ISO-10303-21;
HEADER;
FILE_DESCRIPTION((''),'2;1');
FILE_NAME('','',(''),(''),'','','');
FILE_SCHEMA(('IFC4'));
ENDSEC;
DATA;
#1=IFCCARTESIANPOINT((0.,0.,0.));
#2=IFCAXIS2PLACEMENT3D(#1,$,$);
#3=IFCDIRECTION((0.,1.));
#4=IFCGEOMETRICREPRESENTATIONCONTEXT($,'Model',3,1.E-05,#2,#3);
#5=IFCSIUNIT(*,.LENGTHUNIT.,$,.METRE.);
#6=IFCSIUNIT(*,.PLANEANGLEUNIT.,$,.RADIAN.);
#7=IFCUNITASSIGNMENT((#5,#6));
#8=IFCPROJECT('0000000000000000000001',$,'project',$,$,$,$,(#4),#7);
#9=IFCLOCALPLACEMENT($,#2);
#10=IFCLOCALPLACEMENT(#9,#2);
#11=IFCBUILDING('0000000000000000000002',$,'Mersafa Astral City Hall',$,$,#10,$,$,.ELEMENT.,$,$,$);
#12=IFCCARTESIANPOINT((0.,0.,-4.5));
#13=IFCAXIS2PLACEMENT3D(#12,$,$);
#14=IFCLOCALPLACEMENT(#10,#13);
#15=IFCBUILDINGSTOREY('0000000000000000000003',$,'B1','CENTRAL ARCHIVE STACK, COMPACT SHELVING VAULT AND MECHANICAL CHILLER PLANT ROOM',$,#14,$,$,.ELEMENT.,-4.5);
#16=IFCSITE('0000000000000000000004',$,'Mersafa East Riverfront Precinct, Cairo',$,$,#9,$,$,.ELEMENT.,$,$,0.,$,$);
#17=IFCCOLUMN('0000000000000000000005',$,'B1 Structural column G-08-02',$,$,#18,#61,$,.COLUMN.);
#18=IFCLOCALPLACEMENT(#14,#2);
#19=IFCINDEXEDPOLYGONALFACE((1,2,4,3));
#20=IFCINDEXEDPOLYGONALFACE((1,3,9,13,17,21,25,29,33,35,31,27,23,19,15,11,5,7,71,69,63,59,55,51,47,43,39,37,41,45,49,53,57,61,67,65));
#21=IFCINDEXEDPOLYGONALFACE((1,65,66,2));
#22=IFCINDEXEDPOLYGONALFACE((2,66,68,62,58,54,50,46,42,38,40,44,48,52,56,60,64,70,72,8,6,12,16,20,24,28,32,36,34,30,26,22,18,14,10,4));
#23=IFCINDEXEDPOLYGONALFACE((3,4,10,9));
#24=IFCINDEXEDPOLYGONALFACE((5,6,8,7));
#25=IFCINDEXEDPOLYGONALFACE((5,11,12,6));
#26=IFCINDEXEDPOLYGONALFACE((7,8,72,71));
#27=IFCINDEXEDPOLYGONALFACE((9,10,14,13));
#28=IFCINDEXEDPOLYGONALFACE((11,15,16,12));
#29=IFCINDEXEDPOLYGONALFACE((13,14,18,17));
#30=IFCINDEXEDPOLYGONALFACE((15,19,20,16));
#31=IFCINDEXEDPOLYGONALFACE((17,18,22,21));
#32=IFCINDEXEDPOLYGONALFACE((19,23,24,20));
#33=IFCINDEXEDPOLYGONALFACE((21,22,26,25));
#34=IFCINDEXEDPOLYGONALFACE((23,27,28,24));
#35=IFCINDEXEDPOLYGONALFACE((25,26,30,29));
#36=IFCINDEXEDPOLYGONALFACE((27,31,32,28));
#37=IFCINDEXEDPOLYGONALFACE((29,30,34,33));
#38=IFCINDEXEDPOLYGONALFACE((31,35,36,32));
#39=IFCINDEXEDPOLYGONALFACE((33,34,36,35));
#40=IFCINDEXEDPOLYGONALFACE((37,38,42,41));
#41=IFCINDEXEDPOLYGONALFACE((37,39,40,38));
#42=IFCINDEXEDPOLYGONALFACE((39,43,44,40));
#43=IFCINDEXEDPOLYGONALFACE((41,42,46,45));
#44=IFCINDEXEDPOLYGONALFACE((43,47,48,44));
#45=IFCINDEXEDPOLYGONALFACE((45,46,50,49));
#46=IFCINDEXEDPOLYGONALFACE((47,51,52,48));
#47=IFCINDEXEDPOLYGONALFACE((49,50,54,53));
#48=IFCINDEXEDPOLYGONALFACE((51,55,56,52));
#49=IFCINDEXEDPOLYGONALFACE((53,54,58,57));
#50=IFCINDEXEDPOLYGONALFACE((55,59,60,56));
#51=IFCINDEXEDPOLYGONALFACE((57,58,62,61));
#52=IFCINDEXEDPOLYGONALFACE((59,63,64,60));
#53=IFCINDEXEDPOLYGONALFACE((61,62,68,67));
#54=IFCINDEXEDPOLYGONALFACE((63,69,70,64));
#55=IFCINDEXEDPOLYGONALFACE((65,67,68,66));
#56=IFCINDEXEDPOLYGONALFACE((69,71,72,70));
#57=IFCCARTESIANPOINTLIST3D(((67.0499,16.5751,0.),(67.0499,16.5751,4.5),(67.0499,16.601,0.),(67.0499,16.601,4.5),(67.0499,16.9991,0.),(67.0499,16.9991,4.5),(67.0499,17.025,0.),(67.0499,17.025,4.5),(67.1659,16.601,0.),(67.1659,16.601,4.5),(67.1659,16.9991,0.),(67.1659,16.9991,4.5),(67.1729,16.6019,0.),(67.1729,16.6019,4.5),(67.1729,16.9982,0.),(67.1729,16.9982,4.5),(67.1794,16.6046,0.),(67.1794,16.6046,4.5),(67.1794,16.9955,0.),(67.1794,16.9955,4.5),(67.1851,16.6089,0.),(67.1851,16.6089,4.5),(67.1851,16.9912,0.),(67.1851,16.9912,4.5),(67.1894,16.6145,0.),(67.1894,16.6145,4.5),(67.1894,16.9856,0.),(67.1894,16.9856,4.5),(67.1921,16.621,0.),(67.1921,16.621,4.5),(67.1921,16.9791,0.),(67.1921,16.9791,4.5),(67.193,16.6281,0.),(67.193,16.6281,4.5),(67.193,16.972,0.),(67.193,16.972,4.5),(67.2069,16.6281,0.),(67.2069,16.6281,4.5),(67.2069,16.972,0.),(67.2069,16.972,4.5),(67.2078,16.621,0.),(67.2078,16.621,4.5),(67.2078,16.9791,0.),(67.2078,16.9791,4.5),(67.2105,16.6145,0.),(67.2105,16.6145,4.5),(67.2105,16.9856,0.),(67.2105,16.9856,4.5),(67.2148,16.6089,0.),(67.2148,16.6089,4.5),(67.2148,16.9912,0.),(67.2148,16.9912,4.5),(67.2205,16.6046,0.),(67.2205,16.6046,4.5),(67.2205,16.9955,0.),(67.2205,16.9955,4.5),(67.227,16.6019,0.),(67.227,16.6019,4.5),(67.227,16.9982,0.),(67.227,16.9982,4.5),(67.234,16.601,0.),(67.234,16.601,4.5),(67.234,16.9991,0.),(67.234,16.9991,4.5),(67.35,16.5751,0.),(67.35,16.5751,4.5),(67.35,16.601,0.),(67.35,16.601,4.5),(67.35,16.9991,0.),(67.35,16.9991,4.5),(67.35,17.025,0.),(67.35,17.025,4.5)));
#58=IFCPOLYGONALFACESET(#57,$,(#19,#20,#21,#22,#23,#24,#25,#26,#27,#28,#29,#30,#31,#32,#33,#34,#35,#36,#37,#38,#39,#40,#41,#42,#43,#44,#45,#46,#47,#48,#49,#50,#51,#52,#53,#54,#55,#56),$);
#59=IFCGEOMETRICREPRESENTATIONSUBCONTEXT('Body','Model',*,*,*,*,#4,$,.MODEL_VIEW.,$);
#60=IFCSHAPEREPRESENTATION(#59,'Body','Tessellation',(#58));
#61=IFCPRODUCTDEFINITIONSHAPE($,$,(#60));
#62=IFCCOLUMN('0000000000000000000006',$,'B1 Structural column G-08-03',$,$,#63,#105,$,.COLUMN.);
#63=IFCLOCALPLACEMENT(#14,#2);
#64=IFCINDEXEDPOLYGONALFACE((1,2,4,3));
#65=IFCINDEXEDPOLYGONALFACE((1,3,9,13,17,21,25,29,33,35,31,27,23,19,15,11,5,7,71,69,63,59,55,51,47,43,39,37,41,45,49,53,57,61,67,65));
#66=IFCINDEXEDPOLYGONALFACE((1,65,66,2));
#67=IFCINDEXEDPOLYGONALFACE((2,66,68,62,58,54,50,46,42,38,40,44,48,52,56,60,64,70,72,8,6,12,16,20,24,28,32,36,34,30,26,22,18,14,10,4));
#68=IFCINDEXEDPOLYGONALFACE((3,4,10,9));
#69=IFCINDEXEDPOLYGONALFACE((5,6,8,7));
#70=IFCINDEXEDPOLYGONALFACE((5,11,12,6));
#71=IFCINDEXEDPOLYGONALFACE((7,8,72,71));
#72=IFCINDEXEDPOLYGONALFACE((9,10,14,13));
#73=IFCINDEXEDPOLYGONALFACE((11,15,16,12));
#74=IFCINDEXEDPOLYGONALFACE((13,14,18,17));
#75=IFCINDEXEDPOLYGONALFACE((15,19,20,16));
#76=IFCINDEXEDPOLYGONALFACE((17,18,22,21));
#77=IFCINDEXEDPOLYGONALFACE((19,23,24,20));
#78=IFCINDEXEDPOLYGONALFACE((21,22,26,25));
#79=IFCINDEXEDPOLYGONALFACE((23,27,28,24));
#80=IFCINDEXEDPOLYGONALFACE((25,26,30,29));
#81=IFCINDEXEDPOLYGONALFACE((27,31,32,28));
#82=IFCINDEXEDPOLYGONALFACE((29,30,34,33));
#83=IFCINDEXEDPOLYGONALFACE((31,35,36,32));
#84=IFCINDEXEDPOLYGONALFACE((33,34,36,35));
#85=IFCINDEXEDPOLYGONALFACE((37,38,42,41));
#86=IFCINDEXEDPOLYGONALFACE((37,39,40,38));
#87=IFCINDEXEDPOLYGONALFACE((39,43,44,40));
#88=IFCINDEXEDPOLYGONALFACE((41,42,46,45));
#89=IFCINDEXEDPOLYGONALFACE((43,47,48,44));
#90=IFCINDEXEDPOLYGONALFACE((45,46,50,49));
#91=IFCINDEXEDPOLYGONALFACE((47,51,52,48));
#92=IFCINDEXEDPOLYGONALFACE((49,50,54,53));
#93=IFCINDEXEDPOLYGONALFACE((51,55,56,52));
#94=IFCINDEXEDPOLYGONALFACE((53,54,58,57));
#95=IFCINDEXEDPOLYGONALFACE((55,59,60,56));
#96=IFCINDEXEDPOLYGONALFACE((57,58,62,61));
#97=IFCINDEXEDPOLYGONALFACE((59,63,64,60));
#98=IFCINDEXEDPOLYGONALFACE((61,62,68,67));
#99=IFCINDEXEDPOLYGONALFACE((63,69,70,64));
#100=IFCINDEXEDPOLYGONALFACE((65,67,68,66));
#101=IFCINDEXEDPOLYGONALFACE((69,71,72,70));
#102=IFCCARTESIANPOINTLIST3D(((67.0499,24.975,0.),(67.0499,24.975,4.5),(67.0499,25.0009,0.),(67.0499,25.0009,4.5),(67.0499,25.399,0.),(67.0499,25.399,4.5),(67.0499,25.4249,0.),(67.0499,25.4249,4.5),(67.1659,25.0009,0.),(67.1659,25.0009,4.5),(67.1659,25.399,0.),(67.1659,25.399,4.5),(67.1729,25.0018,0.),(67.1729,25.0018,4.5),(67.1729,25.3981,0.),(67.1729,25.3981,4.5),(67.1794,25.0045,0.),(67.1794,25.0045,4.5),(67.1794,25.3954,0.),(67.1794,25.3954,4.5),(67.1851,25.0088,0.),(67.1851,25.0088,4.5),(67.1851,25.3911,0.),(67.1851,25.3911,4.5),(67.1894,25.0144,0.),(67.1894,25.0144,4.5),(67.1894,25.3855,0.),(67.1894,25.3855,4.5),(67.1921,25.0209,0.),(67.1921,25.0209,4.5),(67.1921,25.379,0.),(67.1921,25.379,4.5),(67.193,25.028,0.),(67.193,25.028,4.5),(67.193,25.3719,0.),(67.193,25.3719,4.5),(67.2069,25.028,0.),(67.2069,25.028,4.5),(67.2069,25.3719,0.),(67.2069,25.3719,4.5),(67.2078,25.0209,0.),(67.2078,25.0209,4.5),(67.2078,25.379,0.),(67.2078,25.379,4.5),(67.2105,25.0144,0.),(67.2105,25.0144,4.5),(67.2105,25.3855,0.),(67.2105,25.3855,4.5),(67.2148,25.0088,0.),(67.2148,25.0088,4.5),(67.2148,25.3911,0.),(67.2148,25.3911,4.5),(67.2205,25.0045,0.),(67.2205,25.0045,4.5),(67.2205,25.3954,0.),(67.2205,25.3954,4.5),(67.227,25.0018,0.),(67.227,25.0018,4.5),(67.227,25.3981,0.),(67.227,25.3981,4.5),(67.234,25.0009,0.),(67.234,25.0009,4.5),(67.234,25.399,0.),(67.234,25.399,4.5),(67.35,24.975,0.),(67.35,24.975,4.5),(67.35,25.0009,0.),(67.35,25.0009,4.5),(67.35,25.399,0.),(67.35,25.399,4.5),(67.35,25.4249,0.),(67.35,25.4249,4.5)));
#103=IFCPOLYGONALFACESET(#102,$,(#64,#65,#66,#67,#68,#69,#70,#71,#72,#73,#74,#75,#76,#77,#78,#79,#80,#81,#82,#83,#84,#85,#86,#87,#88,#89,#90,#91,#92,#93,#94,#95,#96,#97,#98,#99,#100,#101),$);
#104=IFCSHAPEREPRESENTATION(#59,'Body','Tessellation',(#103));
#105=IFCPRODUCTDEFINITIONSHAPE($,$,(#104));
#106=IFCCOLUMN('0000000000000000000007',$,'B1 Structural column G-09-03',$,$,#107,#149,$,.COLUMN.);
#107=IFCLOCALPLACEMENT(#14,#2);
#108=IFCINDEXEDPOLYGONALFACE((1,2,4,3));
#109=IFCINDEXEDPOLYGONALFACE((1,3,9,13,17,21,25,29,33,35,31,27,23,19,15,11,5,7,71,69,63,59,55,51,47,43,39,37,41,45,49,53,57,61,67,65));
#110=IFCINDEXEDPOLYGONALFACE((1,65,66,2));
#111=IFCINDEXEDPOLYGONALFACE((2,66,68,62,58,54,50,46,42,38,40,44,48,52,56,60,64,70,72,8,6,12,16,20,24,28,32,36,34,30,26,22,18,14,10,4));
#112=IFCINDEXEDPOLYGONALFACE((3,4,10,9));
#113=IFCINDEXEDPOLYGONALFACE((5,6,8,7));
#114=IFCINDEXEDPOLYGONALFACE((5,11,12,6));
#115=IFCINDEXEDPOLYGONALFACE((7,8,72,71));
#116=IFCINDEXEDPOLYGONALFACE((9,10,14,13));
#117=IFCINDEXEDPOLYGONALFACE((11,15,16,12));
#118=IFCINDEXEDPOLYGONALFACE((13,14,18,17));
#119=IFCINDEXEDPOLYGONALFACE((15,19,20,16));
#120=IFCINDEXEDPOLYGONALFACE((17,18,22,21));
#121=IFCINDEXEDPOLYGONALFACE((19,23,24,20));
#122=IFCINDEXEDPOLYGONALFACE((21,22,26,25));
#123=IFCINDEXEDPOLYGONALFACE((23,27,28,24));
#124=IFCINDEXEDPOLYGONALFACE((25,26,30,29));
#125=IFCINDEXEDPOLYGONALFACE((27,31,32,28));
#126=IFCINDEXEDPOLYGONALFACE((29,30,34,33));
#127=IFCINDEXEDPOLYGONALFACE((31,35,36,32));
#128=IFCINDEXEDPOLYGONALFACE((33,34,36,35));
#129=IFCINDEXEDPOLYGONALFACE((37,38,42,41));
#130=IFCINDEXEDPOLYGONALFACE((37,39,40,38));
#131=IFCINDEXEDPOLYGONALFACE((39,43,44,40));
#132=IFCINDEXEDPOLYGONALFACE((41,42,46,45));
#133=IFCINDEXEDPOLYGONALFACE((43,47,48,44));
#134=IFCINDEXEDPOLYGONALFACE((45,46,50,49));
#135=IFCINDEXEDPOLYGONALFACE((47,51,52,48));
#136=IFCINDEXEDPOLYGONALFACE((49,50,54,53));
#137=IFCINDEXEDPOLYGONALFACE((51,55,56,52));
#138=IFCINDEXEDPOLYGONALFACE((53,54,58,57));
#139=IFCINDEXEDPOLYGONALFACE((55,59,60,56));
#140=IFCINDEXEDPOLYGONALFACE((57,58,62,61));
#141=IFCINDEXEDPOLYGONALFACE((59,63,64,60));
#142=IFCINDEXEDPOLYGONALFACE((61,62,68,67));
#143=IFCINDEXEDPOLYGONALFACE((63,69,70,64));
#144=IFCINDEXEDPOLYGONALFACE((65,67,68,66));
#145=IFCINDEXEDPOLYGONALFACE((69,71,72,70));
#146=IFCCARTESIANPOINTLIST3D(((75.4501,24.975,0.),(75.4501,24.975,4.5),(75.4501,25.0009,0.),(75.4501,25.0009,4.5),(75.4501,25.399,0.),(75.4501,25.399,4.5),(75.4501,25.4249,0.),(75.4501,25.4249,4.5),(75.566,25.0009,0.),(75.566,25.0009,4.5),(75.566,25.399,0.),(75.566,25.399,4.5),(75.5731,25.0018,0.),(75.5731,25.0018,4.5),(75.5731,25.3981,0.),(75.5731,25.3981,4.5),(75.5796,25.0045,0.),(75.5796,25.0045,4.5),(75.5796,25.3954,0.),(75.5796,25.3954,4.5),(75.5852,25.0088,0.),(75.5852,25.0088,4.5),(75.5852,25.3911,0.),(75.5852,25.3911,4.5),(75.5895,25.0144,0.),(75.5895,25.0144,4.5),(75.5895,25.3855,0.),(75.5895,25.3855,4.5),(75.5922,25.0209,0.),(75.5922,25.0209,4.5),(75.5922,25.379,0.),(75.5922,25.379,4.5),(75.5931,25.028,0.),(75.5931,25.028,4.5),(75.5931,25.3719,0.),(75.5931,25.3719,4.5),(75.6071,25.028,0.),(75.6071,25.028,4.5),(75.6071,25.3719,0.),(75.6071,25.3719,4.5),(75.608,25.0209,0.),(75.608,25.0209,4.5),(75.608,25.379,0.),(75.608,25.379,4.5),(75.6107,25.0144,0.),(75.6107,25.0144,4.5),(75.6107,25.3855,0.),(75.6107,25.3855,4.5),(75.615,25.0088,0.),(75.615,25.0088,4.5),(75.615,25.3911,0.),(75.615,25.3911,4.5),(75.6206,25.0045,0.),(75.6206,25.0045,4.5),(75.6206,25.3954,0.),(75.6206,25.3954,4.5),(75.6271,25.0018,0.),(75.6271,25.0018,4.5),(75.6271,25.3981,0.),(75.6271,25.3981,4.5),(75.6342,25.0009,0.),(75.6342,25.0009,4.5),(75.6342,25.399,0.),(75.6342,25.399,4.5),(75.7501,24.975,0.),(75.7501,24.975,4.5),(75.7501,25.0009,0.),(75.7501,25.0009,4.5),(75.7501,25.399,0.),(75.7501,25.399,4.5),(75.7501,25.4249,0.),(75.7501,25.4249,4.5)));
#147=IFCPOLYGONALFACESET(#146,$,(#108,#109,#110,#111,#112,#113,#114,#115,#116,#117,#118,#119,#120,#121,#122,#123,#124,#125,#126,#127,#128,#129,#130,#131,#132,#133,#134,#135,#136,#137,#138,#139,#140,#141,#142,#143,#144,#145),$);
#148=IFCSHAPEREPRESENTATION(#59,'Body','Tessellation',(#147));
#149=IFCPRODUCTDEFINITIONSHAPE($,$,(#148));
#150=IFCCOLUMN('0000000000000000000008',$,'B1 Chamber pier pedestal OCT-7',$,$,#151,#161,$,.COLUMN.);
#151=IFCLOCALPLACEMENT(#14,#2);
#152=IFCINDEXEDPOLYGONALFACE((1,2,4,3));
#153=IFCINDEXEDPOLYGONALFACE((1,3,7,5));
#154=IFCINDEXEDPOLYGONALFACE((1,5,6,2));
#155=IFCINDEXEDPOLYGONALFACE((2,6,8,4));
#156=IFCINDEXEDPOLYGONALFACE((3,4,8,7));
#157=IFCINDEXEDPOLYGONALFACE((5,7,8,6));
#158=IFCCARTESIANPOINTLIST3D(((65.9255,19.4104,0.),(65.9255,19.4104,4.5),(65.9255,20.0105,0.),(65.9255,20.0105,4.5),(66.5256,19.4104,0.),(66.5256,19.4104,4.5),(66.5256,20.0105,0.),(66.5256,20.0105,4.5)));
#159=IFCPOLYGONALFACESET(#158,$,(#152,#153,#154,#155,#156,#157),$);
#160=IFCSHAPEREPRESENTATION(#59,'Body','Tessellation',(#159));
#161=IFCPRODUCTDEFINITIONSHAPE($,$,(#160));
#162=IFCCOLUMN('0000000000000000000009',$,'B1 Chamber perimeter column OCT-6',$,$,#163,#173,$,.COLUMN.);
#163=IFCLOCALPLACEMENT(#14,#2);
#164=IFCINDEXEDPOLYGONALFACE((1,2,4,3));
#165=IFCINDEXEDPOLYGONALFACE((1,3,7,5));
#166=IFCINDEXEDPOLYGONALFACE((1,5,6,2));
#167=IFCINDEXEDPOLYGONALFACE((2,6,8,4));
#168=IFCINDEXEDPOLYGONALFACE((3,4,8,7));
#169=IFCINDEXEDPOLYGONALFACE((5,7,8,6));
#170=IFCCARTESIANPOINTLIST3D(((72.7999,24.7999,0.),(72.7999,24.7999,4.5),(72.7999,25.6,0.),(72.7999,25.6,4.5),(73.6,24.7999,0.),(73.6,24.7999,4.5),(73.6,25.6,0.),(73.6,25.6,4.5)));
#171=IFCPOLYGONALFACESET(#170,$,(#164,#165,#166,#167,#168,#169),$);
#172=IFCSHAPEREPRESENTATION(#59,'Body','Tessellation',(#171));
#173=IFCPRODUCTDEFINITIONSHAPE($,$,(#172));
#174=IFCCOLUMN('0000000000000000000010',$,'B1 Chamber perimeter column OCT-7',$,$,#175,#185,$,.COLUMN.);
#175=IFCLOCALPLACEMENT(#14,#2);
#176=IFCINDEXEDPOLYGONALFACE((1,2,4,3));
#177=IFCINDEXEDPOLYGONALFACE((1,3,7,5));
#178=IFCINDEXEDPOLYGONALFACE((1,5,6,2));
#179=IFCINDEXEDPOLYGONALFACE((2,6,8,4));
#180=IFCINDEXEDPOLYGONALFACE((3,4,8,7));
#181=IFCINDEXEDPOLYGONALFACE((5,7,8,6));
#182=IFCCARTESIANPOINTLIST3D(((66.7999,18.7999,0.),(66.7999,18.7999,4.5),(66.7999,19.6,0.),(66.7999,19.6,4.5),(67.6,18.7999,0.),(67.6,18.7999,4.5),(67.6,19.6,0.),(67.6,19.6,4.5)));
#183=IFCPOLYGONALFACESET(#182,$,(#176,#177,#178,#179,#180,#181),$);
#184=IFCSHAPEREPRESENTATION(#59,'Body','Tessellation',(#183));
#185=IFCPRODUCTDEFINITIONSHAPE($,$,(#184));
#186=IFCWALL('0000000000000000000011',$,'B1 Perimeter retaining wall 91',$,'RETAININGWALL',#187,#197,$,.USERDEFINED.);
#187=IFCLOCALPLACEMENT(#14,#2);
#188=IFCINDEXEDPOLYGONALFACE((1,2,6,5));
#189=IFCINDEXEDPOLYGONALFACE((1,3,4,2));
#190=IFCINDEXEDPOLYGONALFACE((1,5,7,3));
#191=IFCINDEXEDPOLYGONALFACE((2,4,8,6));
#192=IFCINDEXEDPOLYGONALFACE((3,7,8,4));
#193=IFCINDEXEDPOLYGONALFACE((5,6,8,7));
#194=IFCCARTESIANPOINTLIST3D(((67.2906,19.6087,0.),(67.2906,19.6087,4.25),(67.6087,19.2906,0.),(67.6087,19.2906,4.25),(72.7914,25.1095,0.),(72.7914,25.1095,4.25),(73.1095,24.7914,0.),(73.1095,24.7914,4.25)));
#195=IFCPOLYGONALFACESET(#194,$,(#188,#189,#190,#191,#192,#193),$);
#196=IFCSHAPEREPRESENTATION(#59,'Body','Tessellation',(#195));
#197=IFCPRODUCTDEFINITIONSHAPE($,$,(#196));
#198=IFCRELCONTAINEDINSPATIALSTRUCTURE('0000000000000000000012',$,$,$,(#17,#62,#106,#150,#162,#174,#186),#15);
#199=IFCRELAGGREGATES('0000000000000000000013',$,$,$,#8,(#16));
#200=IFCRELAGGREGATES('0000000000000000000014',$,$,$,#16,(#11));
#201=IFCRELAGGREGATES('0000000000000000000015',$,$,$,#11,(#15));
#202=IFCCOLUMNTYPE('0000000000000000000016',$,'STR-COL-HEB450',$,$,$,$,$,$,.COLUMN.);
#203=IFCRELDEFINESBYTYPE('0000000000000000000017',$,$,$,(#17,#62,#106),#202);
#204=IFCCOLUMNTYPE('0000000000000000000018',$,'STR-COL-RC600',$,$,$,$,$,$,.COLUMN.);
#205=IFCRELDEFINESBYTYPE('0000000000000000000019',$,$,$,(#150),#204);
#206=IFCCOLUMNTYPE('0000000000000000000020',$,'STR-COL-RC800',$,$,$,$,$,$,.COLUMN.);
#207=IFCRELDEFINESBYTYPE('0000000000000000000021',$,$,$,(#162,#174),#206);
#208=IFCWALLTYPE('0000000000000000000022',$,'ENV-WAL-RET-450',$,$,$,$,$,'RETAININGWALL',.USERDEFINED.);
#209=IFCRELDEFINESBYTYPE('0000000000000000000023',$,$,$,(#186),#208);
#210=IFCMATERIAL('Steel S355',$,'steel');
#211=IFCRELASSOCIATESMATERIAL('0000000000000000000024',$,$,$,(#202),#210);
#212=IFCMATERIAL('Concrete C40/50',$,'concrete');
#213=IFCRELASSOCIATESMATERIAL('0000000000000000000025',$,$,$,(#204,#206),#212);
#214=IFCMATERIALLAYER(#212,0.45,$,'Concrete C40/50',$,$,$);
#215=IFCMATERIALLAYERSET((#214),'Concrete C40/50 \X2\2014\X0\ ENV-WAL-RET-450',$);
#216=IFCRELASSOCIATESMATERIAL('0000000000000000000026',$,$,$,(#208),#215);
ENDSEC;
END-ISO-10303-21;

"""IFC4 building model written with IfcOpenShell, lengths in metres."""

from ifc_helpers import new_model, si_unit, direction, frame, frame_2d, origin, origin_2d, place, context, subcontext, project, spatial, rectangle, i_section, extrude, material, layer, layer_set, material_profile, profile_set, type_object, element, save


model = new_model("IFC4")

# Units and contexts
model_context = context("Model", 3, precision=1e-05, world=origin(), true_north=direction((0.0, 1.0)))
body_context = subcontext(model_context, "Body", "Model", "MODEL_VIEW")
ifc_project = project(units=[si_unit("LENGTHUNIT", "METRE"), si_unit("PLANEANGLEUNIT", "RADIAN")], contexts=[model_context])

# Site, building, storey
site_placement = place(None, origin())
site = spatial("IfcSite", under=ifc_project, at=site_placement, Name="Mersafa East Riverfront Precinct, Cairo", CompositionType="ELEMENT", RefElevation=0.0)
building_placement = place(site_placement, origin())
building = spatial("IfcBuilding", under=site, at=building_placement, Name="Mersafa Astral City Hall", CompositionType="ELEMENT")
storey_placement = place(building_placement, frame((0.0, 0.0, -4.5)))
storey = spatial("IfcBuildingStorey", under=building, at=storey_placement, Name="B1", Description="CENTRAL ARCHIVE STACK, COMPACT SHELVING VAULT AND MECHANICAL CHILLER PLANT ROOM", CompositionType="ELEMENT", Elevation=-4.5)

# Shared definitions
ifc_material_1 = material(Name="Concrete C40/50", Category="concrete")

# Columns
ifc_material_2 = material(Name="Steel S355", Category="steel")
ifc_material_profile_1 = material_profile(ifc_material_2, i_section(OverallWidth=0.3, OverallDepth=0.45, WebThickness=0.0139, FlangeThickness=0.0259, FilletRadius=0.0271, at=origin_2d()), Name="HEB 450")
ifc_profile_set_1 = profile_set([ifc_material_profile_1], Name="Steel S355")
column_type_1 = type_object("IfcColumnType", Name="STR-COL-HEB450", PredefinedType="COLUMN", material=ifc_profile_set_1)
for number, where, z_axis, x_axis, name in (
    (1, (67.2, 16.8, 0.0), (0.0, 0.0, 1.0), (1.0, 0.0, 0.0), "B1 Structural column G-08-02"),
    (2, (67.2, 25.2, 0.0), (0.0, 0.0, 1.0), (1.0, 0.0, 0.0), "B1 Structural column G-08-03"),
    (3, (75.6001, 25.2, 0.0), (0.0, 0.0, 1.0), (1.0, 0.0, 0.0), "B1 Structural column G-09-03"),
):
    element("IfcColumn", number, at=place(storey_placement, frame(where, z_axis=z_axis, x_axis=x_axis)), inside=storey, type_object=column_type_1, Name=name, PredefinedType="COLUMN", context=body_context, shape_type="SweptSolid", body=[
        extrude(i_section(OverallWidth=0.3, OverallDepth=0.45, WebThickness=0.0139, FlangeThickness=0.0259, FilletRadius=0.0271, at=origin_2d()), origin(), (0.0, 0.0, 1.0), 4.5),
    ])
ifc_material_profile_2 = material_profile(ifc_material_1, rectangle(XDim=0.6001, YDim=0.6001, at=origin_2d()), Name="RC 600x600")
ifc_profile_set_2 = profile_set([ifc_material_profile_2], Name="Concrete C40/50")
column_type_2 = type_object("IfcColumnType", Name="STR-COL-RC600", PredefinedType="COLUMN", material=ifc_profile_set_2)
column_1_placement = place(storey_placement, frame((66.2256, 19.7104, 0.0), z_axis=(0.0, 0.0, 1.0), x_axis=(1.0, 0.0, 0.0)))
element("IfcColumn", 4, at=column_1_placement, inside=storey, type_object=column_type_2, Name="B1 Chamber pier pedestal OCT-7", PredefinedType="COLUMN", context=body_context, shape_type="SweptSolid", body=[
    extrude(rectangle(XDim=0.6001, YDim=0.6001, at=origin_2d()), origin(), (0.0, 0.0, 1.0), 4.5),
])
ifc_material_profile_3 = material_profile(ifc_material_1, rectangle(XDim=0.8, YDim=0.8, at=origin_2d()), Name="RC 800x800")
ifc_profile_set_3 = profile_set([ifc_material_profile_3], Name="Concrete C40/50")
column_type_3 = type_object("IfcColumnType", Name="STR-COL-RC800", PredefinedType="COLUMN", material=ifc_profile_set_3)
for number, where, z_axis, x_axis, name in (
    (5, (73.2, 25.2, 0.0), (0.0, 0.0, 1.0), (1.0, 0.0, 0.0), "B1 Chamber perimeter column OCT-6"),
    (6, (67.2, 19.2, 0.0), (0.0, 0.0, 1.0), (1.0, 0.0, 0.0), "B1 Chamber perimeter column OCT-7"),
):
    element("IfcColumn", number, at=place(storey_placement, frame(where, z_axis=z_axis, x_axis=x_axis)), inside=storey, type_object=column_type_3, Name=name, PredefinedType="COLUMN", context=body_context, shape_type="SweptSolid", body=[
        extrude(rectangle(XDim=0.8, YDim=0.8, at=origin_2d()), origin(), (0.0, 0.0, 1.0), 4.5),
    ])

# Wall
ifc_layer_1 = layer(ifc_material_1, 0.45, Name="Concrete C40/50")
ifc_layer_set_1 = layer_set([ifc_layer_1], Name="Concrete C40/50 — ENV-WAL-RET-450")
wall_type_1 = type_object("IfcWallType", Name="ENV-WAL-RET-450", ElementType="RETAININGWALL", PredefinedType="USERDEFINED", material=ifc_layer_set_1)
wall_1_placement = place(storey_placement, frame((72.9504, 24.9504, 0.0), z_axis=(0.0, 0.0, 1.0), x_axis=(-0.707107, -0.707107, 0.0)))
element("IfcWall", 7, at=wall_1_placement, inside=storey, type_object=wall_type_1, Name="B1 Perimeter retaining wall 91", ObjectType="RETAININGWALL", PredefinedType="USERDEFINED", context=body_context, shape_type="SweptSolid", body=[
    extrude(rectangle(XDim=7.7793, YDim=0.45, at=frame_2d((3.8896, 0.0))), origin(), (0.0, 0.0, 1.0), 4.25),
])

save(model, "model.ifc")
